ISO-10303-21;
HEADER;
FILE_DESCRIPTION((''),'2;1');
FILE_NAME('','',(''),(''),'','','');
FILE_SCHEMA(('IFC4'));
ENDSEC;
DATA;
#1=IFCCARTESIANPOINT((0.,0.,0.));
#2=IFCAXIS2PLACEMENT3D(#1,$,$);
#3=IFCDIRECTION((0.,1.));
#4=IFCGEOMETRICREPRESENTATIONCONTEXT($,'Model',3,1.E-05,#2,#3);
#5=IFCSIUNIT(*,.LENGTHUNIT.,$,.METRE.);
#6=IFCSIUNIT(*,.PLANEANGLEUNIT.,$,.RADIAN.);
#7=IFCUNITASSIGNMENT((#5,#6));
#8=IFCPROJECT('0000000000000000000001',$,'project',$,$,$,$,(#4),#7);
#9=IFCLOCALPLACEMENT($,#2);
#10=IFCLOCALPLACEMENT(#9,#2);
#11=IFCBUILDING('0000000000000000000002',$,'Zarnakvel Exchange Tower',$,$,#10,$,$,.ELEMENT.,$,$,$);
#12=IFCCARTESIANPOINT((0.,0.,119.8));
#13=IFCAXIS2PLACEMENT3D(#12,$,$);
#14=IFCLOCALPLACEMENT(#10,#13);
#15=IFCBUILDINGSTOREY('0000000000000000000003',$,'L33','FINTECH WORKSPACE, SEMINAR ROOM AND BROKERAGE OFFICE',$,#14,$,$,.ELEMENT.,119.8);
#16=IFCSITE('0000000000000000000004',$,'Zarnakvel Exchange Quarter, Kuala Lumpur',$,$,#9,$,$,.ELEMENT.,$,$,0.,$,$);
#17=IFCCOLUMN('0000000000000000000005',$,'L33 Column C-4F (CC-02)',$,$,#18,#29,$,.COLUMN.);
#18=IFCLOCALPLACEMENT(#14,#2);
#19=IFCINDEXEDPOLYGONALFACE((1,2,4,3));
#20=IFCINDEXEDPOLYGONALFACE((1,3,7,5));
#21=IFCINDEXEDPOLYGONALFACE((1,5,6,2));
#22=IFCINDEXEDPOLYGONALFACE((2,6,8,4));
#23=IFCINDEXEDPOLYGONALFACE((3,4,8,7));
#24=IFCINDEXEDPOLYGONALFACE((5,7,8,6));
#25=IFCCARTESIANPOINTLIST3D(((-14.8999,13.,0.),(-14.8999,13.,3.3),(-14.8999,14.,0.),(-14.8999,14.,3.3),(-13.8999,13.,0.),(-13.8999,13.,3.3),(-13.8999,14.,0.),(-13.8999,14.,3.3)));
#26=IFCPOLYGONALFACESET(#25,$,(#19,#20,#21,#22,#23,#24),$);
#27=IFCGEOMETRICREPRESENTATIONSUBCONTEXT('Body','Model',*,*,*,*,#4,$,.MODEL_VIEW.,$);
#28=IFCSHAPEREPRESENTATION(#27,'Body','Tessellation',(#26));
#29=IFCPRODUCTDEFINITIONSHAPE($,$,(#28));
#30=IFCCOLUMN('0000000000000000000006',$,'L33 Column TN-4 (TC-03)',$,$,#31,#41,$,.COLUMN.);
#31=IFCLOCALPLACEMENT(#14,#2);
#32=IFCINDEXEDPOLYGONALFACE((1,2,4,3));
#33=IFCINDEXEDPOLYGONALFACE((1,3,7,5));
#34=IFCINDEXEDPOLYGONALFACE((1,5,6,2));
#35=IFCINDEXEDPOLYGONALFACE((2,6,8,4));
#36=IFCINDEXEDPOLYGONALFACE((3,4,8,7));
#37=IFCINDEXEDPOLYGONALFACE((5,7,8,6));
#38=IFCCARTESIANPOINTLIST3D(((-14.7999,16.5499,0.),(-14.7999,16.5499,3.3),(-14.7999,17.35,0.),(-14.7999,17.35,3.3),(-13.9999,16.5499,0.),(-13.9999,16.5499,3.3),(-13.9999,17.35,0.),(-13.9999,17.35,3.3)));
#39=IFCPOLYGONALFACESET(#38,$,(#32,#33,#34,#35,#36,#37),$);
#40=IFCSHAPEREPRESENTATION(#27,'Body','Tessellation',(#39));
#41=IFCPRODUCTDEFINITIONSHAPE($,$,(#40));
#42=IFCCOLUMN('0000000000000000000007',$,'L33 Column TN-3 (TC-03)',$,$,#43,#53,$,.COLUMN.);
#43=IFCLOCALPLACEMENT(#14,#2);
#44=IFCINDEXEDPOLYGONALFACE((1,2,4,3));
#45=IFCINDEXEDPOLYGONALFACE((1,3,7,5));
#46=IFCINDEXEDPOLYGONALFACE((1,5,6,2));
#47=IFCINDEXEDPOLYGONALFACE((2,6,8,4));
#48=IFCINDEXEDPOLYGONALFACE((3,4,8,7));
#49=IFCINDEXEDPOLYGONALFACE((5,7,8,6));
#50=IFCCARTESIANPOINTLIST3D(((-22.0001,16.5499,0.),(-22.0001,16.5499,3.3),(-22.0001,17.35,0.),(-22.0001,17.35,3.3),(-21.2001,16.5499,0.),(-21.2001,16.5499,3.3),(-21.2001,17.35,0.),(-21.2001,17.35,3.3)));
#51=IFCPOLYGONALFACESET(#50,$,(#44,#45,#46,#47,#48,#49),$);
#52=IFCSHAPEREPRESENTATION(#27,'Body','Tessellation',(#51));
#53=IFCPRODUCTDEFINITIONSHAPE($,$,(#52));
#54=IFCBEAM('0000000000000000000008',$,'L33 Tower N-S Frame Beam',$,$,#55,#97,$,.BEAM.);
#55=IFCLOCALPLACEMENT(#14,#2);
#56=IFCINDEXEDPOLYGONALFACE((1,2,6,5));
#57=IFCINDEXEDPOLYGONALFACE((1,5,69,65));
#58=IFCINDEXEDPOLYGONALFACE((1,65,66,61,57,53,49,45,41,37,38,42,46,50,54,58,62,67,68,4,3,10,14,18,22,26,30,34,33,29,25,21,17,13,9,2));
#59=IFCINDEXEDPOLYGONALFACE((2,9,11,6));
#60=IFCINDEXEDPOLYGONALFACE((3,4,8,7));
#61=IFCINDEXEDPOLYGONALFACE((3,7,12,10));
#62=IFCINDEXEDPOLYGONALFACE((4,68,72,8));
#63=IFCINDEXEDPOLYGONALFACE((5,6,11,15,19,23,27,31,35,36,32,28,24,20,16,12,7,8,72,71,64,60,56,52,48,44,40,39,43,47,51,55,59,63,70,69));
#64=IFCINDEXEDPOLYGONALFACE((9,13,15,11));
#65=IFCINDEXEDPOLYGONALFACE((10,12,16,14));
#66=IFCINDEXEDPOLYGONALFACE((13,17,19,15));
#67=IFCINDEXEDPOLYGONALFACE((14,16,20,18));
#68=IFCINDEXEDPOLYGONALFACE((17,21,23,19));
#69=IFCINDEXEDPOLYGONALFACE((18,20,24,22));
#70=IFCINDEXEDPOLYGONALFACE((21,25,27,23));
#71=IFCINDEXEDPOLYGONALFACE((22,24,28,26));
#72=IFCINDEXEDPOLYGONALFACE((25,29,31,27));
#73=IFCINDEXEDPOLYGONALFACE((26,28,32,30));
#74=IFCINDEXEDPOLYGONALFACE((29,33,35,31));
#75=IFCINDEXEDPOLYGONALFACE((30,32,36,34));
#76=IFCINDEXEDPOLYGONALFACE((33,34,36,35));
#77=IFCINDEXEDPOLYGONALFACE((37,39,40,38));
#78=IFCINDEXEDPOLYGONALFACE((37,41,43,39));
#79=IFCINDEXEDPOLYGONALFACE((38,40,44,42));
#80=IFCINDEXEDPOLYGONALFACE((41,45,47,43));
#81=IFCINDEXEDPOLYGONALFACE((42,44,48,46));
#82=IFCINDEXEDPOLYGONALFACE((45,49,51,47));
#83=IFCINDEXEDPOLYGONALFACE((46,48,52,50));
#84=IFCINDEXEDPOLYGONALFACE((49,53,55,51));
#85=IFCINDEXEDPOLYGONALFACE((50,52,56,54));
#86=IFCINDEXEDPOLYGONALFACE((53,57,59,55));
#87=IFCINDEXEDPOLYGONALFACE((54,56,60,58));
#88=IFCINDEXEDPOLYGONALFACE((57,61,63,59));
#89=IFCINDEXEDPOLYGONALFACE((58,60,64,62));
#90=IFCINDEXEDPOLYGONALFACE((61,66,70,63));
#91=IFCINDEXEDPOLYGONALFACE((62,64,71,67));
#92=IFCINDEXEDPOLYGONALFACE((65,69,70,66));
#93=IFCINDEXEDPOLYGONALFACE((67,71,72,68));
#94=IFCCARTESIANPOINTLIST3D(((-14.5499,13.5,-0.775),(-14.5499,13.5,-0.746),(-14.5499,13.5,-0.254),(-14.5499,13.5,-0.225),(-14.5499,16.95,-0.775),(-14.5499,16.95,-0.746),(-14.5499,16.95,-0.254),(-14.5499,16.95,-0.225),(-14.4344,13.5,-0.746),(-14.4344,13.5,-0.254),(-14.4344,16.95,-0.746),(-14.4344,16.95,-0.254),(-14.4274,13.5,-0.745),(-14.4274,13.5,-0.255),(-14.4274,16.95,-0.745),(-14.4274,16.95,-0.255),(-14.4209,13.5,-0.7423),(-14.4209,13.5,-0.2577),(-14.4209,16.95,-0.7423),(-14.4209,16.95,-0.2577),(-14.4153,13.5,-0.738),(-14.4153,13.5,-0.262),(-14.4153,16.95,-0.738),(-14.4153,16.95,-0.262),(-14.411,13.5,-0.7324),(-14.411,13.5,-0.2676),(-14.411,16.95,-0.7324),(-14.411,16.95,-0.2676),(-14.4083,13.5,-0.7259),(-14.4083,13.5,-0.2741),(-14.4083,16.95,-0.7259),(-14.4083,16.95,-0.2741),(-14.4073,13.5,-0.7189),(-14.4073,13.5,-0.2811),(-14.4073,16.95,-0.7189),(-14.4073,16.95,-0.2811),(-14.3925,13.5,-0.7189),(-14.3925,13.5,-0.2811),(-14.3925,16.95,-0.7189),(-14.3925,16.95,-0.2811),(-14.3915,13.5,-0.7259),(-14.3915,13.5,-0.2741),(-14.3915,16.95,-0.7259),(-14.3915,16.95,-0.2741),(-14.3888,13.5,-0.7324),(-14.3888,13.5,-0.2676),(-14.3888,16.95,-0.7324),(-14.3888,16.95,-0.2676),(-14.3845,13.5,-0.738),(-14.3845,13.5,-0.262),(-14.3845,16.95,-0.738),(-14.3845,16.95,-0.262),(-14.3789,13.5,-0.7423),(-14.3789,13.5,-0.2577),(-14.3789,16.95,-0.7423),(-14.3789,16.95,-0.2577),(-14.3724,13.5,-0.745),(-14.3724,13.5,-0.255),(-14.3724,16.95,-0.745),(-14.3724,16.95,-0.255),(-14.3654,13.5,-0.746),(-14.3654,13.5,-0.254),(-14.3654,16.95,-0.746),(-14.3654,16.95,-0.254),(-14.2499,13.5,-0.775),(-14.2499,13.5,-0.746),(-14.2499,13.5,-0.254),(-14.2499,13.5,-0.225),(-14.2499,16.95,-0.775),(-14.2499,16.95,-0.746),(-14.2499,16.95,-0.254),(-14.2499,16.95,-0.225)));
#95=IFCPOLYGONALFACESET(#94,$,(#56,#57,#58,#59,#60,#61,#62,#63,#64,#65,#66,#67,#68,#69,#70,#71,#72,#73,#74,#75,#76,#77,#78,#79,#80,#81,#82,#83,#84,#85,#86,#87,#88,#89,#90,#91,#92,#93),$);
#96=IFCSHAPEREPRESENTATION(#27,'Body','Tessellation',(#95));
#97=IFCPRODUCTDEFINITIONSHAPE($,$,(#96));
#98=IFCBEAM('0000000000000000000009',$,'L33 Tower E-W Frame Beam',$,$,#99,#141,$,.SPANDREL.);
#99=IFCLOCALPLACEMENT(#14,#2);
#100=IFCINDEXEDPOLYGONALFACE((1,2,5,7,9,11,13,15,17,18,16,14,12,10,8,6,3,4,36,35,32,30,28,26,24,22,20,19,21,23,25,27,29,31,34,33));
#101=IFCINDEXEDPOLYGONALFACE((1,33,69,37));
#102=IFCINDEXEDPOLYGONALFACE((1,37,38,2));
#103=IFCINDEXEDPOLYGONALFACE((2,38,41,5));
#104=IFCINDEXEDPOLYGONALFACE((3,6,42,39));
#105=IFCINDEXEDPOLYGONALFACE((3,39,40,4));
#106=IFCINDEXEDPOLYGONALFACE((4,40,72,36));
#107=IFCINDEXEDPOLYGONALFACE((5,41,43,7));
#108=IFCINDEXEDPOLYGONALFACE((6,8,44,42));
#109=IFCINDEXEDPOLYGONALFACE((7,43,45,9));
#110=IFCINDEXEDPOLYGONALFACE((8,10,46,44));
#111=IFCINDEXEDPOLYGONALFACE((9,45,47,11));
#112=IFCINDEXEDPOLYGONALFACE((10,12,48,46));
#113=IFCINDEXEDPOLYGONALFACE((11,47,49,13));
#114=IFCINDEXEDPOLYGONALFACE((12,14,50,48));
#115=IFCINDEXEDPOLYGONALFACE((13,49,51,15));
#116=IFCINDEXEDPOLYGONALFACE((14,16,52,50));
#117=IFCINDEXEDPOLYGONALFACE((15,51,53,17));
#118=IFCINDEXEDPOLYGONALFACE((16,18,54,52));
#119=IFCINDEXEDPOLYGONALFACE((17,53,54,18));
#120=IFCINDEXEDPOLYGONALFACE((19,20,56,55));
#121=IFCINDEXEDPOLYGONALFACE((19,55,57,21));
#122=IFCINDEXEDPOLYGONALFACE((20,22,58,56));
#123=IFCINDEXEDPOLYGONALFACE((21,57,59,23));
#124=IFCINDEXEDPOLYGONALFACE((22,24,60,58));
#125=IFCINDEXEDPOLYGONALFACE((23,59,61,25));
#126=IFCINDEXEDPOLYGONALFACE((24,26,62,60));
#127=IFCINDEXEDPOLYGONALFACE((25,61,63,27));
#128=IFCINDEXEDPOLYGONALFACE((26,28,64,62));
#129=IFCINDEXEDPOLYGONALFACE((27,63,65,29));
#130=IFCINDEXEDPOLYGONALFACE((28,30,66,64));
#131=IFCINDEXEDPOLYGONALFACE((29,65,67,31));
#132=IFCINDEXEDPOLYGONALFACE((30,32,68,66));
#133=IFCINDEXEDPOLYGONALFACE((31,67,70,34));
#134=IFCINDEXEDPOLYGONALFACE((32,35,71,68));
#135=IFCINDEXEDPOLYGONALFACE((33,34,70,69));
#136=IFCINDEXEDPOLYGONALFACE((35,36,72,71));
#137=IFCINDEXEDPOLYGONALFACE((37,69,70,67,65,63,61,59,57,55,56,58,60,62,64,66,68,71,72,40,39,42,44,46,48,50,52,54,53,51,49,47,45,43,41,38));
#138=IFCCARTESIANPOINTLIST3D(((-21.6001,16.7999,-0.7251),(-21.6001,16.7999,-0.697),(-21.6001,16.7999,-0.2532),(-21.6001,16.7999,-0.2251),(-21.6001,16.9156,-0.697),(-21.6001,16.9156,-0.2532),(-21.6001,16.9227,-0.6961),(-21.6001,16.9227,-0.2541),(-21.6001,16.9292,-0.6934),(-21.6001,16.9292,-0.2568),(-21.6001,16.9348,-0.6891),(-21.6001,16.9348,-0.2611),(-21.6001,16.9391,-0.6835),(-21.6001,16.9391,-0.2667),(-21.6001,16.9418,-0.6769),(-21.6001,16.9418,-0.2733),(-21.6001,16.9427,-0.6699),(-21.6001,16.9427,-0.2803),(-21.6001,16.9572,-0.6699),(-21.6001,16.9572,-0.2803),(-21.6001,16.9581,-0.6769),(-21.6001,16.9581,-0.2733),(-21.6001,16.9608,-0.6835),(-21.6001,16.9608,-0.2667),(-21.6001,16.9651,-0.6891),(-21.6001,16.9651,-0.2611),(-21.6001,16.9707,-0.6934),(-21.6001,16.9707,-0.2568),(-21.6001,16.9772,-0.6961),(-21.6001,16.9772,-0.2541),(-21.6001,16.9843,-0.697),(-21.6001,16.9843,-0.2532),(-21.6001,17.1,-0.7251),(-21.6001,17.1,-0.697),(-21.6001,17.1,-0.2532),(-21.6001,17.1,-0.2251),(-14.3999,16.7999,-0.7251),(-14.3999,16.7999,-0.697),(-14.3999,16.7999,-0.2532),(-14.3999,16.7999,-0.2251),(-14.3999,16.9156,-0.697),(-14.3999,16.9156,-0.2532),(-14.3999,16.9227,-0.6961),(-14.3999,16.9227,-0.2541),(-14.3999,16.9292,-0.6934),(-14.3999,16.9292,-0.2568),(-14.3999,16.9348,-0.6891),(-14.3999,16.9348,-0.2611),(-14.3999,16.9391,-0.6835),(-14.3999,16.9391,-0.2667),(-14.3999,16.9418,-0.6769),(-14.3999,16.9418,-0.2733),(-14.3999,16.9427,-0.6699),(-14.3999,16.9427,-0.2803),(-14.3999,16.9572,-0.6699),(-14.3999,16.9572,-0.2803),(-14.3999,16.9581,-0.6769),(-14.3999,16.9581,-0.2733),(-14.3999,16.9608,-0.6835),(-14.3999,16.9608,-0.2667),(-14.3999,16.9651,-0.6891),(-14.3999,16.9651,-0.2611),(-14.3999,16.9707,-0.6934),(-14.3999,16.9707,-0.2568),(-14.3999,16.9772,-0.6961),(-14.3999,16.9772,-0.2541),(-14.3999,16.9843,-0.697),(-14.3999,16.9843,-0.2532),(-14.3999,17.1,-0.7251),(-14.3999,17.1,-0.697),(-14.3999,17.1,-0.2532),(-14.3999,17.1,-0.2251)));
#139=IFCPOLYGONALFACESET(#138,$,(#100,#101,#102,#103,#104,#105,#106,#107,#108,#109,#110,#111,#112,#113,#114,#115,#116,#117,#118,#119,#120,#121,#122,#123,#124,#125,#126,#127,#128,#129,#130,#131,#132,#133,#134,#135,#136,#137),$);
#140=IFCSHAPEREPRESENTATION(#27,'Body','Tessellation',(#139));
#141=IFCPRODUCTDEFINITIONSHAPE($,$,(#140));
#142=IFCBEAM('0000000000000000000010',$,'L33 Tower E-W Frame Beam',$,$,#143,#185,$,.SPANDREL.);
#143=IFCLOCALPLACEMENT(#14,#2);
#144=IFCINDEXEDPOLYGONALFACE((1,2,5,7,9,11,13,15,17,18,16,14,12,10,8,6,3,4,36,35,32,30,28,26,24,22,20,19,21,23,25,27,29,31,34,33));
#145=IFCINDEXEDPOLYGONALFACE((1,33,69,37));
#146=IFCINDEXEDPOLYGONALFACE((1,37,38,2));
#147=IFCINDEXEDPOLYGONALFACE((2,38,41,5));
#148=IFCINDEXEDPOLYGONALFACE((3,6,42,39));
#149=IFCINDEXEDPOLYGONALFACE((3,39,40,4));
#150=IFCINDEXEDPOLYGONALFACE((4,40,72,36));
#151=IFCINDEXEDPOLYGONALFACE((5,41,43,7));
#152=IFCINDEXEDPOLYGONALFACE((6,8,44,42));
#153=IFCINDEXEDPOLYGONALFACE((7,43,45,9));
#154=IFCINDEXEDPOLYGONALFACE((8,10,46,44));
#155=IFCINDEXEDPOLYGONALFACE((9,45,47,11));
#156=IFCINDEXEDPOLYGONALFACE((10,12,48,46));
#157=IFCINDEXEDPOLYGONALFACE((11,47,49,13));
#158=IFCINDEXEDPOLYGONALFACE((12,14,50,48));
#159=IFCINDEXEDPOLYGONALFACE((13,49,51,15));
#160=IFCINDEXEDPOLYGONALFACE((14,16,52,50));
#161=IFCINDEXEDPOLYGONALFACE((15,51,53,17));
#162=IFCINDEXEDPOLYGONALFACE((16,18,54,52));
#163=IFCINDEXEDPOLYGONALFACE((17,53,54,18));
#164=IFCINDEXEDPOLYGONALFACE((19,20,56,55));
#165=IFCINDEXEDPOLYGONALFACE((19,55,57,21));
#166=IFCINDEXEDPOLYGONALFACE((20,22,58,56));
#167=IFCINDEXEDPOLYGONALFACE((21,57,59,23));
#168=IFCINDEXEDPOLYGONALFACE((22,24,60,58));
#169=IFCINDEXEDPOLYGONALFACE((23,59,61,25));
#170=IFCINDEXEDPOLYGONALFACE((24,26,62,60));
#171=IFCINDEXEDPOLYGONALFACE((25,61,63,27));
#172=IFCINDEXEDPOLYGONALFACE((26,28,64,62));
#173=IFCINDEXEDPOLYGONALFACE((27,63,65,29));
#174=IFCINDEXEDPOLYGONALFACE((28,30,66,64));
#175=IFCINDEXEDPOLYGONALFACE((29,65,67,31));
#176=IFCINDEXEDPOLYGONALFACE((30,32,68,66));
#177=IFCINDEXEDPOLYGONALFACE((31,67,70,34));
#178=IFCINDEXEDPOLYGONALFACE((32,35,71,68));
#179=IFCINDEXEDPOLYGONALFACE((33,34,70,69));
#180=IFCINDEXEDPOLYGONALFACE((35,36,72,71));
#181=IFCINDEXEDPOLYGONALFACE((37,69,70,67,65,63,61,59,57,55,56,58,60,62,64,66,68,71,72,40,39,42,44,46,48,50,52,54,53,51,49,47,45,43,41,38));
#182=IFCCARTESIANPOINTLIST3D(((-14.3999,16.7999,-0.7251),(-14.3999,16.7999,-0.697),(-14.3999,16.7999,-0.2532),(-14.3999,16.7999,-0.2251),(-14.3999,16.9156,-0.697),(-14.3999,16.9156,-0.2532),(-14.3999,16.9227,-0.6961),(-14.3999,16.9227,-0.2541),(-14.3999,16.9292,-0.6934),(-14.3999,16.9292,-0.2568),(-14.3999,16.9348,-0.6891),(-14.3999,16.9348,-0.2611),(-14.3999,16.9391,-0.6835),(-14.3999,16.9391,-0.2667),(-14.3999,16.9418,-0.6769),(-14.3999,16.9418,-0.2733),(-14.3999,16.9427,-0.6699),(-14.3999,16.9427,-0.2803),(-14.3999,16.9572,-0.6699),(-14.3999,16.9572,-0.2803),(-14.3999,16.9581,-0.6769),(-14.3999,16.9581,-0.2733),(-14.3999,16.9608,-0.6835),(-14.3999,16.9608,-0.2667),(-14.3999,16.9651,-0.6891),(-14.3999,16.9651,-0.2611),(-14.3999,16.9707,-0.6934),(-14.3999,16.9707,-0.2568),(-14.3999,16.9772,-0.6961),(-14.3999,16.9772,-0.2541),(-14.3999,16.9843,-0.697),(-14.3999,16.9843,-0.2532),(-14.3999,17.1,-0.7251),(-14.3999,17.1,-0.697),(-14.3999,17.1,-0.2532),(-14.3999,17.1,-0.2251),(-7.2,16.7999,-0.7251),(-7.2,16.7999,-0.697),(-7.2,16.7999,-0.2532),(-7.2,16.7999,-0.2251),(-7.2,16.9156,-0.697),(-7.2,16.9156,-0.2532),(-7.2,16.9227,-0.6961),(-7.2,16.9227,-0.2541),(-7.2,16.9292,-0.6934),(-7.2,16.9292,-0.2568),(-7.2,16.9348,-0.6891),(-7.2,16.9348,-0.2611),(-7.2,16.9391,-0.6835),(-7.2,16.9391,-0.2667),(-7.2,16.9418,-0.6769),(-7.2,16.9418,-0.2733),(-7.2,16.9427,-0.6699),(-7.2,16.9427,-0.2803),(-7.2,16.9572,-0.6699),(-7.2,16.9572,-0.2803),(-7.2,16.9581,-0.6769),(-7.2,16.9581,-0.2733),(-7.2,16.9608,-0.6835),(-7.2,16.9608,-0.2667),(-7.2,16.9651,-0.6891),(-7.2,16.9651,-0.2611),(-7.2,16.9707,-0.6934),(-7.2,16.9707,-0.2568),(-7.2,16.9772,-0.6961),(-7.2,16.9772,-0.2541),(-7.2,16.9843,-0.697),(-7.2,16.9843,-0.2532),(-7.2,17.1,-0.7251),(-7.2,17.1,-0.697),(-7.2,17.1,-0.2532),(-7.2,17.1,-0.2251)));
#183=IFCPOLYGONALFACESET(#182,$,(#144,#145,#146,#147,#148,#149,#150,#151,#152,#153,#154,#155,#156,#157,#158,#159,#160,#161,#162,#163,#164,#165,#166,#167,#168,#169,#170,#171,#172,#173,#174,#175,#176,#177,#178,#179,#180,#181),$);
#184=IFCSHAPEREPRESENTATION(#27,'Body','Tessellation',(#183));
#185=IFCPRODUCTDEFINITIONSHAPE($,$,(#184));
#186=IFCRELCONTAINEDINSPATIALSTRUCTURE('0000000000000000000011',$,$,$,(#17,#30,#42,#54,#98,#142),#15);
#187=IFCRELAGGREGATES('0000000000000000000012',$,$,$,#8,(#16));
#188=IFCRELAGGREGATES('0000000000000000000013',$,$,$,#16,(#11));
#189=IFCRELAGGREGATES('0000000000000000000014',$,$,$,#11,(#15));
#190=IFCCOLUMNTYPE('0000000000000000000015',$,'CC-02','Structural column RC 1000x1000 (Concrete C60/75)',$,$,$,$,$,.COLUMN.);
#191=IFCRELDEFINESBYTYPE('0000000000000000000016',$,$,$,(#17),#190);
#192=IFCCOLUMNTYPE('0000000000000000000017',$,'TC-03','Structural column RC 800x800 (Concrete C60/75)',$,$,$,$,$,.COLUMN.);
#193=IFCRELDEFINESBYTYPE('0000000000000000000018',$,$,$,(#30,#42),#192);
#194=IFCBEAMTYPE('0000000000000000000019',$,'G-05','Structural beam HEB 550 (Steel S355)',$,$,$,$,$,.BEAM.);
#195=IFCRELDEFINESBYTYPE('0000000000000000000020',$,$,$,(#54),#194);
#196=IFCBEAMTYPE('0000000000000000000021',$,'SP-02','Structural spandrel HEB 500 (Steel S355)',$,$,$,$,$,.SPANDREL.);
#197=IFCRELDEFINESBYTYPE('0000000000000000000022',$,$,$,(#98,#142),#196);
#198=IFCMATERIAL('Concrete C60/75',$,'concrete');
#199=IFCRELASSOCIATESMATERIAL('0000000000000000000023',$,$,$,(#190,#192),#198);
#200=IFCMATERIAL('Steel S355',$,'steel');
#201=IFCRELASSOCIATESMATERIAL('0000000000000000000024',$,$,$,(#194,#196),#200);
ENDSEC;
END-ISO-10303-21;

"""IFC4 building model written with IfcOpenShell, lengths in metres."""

from ifc_helpers import new_model, si_unit, direction, frame, origin, origin_2d, place, context, subcontext, project, spatial, rectangle, i_section, extrude, material, material_profile, profile_set, type_object, element, save


model = new_model("IFC4")

# Units and contexts
model_context = context("Model", 3, precision=1e-05, world=origin(), true_north=direction((0.0, 1.0)))
body_context = subcontext(model_context, "Body", "Model", "MODEL_VIEW")
ifc_project = project(units=[si_unit("LENGTHUNIT", "METRE"), si_unit("PLANEANGLEUNIT", "RADIAN")], contexts=[model_context])

# Site, building, storey
site_placement = place(None, origin())
site = spatial("IfcSite", under=ifc_project, at=site_placement, Name="Zarnakvel Exchange Quarter, Kuala Lumpur", CompositionType="ELEMENT", RefElevation=0.0)
building_placement = place(site_placement, origin())
building = spatial("IfcBuilding", under=site, at=building_placement, Name="Zarnakvel Exchange Tower", CompositionType="ELEMENT")
storey_placement = place(building_placement, frame((0.0, 0.0, 119.8)))
storey = spatial("IfcBuildingStorey", under=building, at=storey_placement, Name="L33", Description="FINTECH WORKSPACE, SEMINAR ROOM AND BROKERAGE OFFICE", CompositionType="ELEMENT", Elevation=119.8)

# Columns
ifc_material_1 = material(Name="Concrete C60/75", Category="concrete")
ifc_material_profile_1 = material_profile(ifc_material_1, rectangle(XDim=1.0, YDim=1.0, at=origin_2d()))
ifc_profile_set_1 = profile_set([ifc_material_profile_1], Name="Concrete C60/75")
column_type_1 = type_object("IfcColumnType", Name="CC-02", Description="Structural column RC 1000x1000 (Concrete C60/75)", PredefinedType="COLUMN", material=ifc_profile_set_1)
column_placement = place(storey_placement, frame((-14.3999, 13.5, 0.0), z_axis=(0.0, 0.0, 1.0), x_axis=(1.0, 0.0, 0.0)))
element("IfcColumn", 1, at=column_placement, inside=storey, type_object=column_type_1, Name="L33 Column C-4F (CC-02)", PredefinedType="COLUMN", context=body_context, shape_type="SweptSolid", body=[
    extrude(rectangle(XDim=1.0, YDim=1.0, at=origin_2d()), origin(), (0.0, 0.0, 1.0), 3.3),
])
ifc_material_profile_2 = material_profile(ifc_material_1, rectangle(XDim=0.8, YDim=0.8, at=origin_2d()))
ifc_profile_set_2 = profile_set([ifc_material_profile_2], Name="Concrete C60/75")
column_type_2 = type_object("IfcColumnType", Name="TC-03", Description="Structural column RC 800x800 (Concrete C60/75)", PredefinedType="COLUMN", material=ifc_profile_set_2)
for number, where, z_axis, x_axis, name in (
    (2, (-14.3999, 16.95, 0.0), (0.0, 0.0, 1.0), (1.0, 0.0, 0.0), "L33 Column TN-4 (TC-03)"),
    (3, (-21.6001, 16.95, 0.0), (0.0, 0.0, 1.0), (1.0, 0.0, 0.0), "L33 Column TN-3 (TC-03)"),
):
    element("IfcColumn", number, at=place(storey_placement, frame(where, z_axis=z_axis, x_axis=x_axis)), inside=storey, type_object=column_type_2, Name=name, PredefinedType="COLUMN", context=body_context, shape_type="SweptSolid", body=[
        extrude(rectangle(XDim=0.8, YDim=0.8, at=origin_2d()), origin(), (0.0, 0.0, 1.0), 3.3),
    ])

# Beams
ifc_material_2 = material(Name="Steel S355", Category="steel")
ifc_material_profile_3 = material_profile(ifc_material_2, i_section(OverallWidth=0.3, OverallDepth=0.55, WebThickness=0.0149, FlangeThickness=0.0291, FilletRadius=0.0271, at=origin_2d()))
ifc_profile_set_3 = profile_set([ifc_material_profile_3], Name="Steel S355")
beam_type_1 = type_object("IfcBeamType", Name="G-05", Description="Structural beam HEB 550 (Steel S355)", PredefinedType="BEAM", material=ifc_profile_set_3)
beam_1_placement = place(storey_placement, frame((-14.3999, 13.5, -0.5), z_axis=(0.0, 1.0, 0.0), x_axis=(-1.0, 0.0, 0.0)))
element("IfcBeam", 4, at=beam_1_placement, inside=storey, type_object=beam_type_1, Name="L33 Tower N-S Frame Beam", PredefinedType="BEAM", context=body_context, shape_type="SweptSolid", body=[
    extrude(i_section(OverallWidth=0.3, OverallDepth=0.55, WebThickness=0.0149, FlangeThickness=0.0291, FilletRadius=0.0271, at=origin_2d()), origin(), (0.0, 0.0, 1.0), 3.45),
])
ifc_material_profile_4 = material_profile(ifc_material_2, i_section(OverallWidth=0.3, OverallDepth=0.5, WebThickness=0.0144, FlangeThickness=0.0281, FilletRadius=0.0271, at=origin_2d()))
ifc_profile_set_4 = profile_set([ifc_material_profile_4], Name="Steel S355")
beam_type_2 = type_object("IfcBeamType", Name="SP-02", Description="Structural spandrel HEB 500 (Steel S355)", PredefinedType="SPANDREL", material=ifc_profile_set_4)
beam_2_placement = place(storey_placement, frame((-21.6001, 16.95, -0.4751), z_axis=(1.0, 0.0, 0.0), x_axis=(0.0, 1.0, 0.0)))
element("IfcBeam", 5, at=beam_2_placement, inside=storey, type_object=beam_type_2, Name="L33 Tower E-W Frame Beam", PredefinedType="SPANDREL", context=body_context, shape_type="SweptSolid", body=[
    extrude(i_section(OverallWidth=0.3, OverallDepth=0.5, WebThickness=0.0144, FlangeThickness=0.0281, FilletRadius=0.0271, at=origin_2d()), origin(), (0.0, 0.0, 1.0), 7.2002),
])
beam_3_placement = place(storey_placement, frame((-14.3999, 16.95, -0.4751), z_axis=(1.0, 0.0, 0.0), x_axis=(0.0, 1.0, 0.0)))
element("IfcBeam", 6, at=beam_3_placement, inside=storey, type_object=beam_type_2, Name="L33 Tower E-W Frame Beam", PredefinedType="SPANDREL", context=body_context, shape_type="SweptSolid", body=[
    extrude(i_section(OverallWidth=0.3, OverallDepth=0.5, WebThickness=0.0144, FlangeThickness=0.0281, FilletRadius=0.0271, at=origin_2d()), origin(), (0.0, 0.0, 1.0), 7.2),
])

save(model, "model.ifc")
